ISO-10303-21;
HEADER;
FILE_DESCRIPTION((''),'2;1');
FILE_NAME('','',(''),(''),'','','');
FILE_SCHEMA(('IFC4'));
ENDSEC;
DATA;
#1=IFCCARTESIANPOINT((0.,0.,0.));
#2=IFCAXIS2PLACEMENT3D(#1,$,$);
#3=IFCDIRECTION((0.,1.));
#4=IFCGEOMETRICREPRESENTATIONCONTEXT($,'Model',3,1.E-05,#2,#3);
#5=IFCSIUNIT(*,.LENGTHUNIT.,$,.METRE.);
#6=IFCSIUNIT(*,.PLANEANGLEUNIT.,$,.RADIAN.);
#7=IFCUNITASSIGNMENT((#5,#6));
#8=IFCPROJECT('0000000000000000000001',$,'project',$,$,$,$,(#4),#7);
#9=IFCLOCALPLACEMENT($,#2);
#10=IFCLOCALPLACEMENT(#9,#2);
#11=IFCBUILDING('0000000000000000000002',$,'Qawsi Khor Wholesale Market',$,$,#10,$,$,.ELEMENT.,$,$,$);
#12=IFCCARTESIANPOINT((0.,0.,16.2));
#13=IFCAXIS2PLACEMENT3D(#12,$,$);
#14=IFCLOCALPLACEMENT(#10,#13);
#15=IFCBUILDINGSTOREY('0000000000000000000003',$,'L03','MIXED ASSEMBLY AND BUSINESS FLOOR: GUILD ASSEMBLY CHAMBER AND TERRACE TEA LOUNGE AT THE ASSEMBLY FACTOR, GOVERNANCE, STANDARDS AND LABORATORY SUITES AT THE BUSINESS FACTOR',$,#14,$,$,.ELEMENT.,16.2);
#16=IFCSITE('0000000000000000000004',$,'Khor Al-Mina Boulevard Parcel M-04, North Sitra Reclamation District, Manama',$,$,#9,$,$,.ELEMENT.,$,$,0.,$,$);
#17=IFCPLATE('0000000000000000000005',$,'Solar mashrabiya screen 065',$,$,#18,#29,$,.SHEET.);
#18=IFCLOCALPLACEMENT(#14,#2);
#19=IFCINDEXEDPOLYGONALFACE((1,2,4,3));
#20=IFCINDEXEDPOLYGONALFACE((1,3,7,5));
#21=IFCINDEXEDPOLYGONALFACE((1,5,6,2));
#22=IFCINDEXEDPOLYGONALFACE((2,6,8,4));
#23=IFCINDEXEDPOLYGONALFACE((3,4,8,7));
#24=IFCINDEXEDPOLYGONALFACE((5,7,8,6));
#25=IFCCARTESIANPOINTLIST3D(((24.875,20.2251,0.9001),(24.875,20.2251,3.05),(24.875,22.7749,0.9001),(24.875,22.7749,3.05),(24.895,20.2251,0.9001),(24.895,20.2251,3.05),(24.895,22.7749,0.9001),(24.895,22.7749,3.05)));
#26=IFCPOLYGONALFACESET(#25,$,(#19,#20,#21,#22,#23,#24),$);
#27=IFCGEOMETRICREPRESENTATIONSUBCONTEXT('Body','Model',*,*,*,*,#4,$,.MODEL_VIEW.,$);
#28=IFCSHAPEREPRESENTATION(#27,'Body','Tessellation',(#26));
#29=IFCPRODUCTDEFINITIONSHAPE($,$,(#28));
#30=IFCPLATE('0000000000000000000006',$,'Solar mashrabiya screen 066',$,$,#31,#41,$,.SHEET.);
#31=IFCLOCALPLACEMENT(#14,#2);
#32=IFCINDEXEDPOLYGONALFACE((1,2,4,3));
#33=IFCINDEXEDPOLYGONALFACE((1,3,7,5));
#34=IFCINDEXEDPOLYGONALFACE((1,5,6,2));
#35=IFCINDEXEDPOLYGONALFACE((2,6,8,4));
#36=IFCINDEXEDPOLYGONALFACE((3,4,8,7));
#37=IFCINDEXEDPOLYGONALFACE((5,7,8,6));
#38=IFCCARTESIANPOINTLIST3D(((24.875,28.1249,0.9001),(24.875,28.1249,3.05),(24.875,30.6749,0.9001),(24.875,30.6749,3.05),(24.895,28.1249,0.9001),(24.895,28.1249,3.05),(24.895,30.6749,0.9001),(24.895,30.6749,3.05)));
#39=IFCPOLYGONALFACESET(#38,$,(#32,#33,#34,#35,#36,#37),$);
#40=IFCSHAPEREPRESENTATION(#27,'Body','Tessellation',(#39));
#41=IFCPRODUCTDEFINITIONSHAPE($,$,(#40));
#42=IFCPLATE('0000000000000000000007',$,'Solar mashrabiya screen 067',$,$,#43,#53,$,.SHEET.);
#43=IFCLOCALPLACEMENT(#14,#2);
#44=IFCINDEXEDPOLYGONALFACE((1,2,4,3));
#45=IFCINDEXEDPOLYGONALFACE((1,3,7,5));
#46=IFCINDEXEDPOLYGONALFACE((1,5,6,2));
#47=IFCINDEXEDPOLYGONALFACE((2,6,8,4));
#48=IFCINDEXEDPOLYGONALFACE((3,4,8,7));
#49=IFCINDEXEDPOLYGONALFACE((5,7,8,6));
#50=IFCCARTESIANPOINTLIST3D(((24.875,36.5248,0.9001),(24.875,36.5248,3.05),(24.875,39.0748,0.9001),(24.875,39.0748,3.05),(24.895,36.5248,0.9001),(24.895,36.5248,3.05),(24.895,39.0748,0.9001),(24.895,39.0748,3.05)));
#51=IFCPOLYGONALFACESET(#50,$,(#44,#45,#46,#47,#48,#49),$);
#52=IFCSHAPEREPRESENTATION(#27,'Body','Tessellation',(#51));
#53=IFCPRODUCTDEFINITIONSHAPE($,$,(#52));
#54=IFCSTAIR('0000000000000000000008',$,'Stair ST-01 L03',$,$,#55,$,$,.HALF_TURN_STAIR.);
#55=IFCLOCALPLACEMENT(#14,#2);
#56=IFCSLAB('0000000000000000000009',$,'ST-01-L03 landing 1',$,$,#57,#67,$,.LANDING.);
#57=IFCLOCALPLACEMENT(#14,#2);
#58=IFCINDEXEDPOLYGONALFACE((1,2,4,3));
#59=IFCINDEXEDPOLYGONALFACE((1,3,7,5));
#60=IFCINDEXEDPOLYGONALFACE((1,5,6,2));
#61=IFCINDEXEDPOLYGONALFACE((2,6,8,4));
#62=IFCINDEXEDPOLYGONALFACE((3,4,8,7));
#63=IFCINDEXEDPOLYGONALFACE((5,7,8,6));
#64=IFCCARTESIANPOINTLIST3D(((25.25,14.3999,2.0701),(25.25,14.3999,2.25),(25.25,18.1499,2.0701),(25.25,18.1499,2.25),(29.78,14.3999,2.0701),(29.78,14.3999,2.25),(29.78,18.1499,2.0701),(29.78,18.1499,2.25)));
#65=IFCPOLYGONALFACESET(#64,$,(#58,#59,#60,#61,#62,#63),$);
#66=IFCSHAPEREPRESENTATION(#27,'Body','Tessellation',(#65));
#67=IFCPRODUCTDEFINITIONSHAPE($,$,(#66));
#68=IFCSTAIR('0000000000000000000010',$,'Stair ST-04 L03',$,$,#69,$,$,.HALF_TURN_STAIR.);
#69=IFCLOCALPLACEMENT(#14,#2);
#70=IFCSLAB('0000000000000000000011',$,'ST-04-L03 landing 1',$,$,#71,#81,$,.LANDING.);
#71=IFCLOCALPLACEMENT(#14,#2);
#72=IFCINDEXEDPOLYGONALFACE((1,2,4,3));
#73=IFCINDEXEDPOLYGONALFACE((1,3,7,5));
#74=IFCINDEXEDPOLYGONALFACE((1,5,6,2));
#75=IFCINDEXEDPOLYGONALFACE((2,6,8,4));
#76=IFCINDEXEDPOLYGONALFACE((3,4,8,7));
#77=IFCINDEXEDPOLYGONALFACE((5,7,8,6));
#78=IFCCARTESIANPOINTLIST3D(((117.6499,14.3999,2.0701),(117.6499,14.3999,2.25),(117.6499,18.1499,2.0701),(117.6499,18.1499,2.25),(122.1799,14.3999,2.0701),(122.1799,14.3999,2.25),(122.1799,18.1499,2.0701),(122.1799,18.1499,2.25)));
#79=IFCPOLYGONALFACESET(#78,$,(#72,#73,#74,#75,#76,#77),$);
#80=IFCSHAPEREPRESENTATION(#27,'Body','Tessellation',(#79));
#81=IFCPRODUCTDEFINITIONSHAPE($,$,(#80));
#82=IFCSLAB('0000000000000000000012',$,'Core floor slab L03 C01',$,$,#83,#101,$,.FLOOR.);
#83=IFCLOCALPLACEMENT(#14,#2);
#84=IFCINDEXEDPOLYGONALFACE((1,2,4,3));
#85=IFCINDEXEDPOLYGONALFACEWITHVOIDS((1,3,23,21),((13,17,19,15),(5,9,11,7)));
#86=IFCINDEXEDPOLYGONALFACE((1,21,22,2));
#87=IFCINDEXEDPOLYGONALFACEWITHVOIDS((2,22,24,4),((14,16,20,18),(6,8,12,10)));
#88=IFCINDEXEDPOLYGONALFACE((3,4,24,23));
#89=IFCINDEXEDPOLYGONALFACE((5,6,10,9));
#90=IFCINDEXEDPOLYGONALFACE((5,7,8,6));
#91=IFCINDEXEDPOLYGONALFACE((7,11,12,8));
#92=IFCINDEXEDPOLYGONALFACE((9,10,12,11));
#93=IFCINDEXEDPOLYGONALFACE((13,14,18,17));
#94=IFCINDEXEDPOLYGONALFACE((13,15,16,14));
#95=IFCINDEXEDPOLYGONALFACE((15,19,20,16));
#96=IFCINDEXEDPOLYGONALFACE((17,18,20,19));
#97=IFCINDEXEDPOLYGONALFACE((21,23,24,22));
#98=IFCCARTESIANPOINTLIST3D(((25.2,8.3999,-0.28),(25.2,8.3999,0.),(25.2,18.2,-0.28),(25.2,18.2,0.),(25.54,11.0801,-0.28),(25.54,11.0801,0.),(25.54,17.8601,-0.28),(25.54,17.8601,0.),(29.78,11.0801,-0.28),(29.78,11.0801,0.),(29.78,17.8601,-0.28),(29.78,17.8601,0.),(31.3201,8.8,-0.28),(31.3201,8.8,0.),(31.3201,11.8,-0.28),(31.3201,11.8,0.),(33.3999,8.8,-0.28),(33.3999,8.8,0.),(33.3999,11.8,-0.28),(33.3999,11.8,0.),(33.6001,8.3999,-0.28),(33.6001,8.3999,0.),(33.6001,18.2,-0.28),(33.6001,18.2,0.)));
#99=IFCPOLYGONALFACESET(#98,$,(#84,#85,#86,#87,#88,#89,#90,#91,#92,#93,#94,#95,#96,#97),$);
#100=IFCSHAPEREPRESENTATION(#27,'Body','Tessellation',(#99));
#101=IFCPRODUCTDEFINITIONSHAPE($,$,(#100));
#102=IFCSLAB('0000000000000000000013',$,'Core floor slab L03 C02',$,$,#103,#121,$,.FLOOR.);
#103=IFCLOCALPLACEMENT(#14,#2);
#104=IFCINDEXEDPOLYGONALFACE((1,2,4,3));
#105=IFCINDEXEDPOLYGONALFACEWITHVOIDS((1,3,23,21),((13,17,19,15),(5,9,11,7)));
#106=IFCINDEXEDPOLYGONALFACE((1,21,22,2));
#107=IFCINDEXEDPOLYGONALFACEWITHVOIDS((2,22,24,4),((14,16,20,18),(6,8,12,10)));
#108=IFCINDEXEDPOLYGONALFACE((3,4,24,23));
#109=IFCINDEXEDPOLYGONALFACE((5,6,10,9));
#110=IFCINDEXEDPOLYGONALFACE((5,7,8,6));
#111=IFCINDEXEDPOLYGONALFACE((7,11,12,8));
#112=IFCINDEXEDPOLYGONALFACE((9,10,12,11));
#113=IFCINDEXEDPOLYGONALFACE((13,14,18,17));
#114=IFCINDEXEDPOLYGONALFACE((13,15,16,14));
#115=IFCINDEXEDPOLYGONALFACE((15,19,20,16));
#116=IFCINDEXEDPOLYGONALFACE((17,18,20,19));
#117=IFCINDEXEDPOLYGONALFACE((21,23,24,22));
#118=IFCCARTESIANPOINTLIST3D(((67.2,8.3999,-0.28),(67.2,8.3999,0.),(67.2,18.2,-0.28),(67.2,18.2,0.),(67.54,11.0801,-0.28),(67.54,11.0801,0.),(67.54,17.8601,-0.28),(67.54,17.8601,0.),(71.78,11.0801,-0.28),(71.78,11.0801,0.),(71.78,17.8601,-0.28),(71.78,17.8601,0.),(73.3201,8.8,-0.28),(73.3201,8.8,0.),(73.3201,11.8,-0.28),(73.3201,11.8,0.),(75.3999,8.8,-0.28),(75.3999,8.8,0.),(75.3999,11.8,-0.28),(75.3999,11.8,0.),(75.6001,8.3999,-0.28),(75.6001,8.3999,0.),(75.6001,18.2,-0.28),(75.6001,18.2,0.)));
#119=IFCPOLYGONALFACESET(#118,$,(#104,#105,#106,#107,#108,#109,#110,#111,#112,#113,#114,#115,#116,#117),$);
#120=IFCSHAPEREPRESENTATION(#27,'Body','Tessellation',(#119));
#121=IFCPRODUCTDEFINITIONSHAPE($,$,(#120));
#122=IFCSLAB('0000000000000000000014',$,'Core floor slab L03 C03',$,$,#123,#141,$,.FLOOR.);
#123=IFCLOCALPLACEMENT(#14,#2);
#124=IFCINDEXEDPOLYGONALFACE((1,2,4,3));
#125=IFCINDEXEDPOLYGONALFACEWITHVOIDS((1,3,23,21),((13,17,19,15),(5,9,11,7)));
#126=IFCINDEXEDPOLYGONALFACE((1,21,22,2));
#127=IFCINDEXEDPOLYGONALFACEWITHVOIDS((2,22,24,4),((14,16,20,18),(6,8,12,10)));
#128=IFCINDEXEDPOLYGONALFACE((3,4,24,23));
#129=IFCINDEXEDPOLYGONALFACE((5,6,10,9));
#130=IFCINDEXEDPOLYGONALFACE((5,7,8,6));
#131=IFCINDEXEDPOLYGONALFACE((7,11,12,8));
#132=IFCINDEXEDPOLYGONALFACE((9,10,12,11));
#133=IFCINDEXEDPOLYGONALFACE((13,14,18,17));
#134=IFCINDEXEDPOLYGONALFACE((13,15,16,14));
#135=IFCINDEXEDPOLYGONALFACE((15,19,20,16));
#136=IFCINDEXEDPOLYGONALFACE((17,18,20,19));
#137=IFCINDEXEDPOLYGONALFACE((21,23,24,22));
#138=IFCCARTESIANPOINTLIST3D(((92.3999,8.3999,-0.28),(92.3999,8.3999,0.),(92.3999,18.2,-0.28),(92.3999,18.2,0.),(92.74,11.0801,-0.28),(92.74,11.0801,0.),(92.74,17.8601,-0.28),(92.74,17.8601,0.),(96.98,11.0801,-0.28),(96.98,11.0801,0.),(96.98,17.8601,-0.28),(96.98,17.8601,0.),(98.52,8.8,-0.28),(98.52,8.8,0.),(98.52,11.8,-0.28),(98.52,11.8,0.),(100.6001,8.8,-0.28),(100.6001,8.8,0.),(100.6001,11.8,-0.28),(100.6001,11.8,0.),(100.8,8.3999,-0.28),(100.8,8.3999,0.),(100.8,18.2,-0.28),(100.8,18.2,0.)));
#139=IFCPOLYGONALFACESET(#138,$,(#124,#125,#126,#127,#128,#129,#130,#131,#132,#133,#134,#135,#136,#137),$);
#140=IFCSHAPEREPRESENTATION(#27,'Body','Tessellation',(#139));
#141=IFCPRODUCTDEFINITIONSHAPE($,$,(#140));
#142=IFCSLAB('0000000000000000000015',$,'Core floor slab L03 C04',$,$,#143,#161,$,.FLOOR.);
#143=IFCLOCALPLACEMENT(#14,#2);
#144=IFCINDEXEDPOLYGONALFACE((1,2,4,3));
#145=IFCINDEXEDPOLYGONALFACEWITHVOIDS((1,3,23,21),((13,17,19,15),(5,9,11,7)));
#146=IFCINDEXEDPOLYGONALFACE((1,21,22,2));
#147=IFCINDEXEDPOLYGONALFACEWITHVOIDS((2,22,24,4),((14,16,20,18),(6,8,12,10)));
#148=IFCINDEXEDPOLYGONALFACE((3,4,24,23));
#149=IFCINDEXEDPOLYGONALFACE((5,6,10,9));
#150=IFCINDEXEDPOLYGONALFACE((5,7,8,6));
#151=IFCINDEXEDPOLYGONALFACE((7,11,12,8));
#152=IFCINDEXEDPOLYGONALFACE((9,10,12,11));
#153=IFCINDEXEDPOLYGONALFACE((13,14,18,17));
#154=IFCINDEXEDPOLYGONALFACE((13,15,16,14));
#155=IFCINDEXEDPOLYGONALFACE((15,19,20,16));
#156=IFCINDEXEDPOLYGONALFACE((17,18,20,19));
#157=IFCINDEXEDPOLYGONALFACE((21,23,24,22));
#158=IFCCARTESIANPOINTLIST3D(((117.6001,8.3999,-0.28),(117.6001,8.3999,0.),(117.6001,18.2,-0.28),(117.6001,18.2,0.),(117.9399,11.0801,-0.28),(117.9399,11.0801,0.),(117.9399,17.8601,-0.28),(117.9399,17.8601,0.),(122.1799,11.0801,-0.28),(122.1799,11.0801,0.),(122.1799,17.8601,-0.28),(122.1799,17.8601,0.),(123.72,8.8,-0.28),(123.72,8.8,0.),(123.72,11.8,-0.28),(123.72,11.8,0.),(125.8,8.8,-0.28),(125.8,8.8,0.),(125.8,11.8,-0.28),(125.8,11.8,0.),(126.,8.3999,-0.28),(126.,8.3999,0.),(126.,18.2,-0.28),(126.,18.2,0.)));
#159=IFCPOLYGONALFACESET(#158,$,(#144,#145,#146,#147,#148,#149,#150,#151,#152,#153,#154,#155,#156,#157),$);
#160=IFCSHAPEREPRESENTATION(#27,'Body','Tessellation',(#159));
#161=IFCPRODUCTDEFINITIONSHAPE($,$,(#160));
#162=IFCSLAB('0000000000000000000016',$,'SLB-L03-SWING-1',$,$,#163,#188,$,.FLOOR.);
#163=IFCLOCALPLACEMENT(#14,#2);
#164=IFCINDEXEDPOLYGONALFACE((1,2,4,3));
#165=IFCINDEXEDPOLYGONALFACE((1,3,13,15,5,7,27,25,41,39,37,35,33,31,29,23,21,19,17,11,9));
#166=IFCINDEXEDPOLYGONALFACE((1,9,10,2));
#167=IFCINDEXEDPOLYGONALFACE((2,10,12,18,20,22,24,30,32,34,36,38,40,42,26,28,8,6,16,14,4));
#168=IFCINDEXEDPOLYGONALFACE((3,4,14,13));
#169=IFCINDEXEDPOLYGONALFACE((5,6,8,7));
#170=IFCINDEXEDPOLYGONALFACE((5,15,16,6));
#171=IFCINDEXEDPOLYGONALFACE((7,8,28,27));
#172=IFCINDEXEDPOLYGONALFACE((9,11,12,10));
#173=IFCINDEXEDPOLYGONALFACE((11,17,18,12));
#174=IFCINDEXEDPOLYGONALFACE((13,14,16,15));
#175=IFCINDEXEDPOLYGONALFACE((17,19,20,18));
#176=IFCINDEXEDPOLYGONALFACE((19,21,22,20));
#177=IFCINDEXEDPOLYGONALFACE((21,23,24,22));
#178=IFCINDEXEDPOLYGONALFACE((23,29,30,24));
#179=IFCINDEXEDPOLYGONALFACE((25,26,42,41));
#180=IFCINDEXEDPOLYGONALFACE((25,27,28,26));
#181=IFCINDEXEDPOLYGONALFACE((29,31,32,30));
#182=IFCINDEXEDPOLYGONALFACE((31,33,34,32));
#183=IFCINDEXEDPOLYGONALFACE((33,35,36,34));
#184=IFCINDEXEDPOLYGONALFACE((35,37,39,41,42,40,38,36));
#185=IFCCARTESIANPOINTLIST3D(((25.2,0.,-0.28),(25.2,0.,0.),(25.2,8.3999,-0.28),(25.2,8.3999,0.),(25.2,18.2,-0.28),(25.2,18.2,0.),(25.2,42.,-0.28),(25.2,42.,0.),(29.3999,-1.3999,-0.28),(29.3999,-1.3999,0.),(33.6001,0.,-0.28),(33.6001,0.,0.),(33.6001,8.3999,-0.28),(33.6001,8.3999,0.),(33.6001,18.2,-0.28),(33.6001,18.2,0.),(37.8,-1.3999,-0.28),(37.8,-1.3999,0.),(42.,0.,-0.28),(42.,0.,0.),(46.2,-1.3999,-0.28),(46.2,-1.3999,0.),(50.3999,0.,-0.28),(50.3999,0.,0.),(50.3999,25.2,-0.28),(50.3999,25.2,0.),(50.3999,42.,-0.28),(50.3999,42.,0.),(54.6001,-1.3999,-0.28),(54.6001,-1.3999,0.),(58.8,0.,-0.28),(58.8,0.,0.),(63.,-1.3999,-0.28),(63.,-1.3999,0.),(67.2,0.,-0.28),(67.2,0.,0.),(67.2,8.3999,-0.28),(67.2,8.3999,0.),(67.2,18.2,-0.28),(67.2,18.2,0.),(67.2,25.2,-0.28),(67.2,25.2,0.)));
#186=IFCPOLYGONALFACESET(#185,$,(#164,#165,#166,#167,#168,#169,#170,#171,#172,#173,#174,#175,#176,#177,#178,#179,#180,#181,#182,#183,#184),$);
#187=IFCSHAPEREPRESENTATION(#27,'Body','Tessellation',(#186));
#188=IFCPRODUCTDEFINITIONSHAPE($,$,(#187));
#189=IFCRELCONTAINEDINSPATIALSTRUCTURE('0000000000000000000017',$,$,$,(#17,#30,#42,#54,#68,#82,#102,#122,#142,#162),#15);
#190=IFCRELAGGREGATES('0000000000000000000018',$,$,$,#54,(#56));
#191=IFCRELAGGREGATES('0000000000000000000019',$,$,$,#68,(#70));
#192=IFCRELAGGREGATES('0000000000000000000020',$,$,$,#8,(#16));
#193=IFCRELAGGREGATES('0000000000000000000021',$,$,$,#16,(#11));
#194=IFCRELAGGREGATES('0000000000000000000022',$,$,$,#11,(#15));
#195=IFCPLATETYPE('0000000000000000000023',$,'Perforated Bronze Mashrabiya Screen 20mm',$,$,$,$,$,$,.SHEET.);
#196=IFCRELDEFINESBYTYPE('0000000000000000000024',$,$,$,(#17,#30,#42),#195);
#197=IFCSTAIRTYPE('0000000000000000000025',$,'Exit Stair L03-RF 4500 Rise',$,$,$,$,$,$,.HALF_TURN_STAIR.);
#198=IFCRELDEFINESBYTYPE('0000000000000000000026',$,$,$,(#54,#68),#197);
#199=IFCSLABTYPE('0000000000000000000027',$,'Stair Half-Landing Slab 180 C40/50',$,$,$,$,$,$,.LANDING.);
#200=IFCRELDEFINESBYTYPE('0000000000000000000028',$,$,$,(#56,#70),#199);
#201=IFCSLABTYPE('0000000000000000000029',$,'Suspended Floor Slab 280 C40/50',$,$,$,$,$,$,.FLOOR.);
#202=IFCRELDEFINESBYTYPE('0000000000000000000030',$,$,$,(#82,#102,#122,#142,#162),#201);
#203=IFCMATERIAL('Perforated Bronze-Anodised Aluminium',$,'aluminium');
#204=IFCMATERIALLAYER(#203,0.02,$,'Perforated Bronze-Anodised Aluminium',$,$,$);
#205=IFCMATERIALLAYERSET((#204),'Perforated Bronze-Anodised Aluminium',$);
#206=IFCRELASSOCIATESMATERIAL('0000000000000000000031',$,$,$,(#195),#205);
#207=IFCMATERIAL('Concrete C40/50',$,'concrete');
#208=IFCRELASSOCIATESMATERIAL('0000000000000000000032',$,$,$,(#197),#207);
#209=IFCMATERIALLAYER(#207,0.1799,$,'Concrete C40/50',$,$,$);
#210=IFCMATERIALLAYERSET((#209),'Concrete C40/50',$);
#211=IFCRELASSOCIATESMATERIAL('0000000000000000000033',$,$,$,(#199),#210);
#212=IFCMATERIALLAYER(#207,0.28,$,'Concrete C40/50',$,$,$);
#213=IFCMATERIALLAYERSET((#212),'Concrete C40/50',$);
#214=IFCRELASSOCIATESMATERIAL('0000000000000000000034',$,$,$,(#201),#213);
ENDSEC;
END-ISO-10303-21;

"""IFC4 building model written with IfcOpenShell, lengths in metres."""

from ifc_helpers import new_model, si_unit, direction, frame, frame_2d, origin, place, context, subcontext, project, spatial, polyline, rectangle, outline, extrude, material, layer, layer_set, type_object, element, aggregate, save


model = new_model("IFC4")

# Units and contexts
model_context = context("Model", 3, precision=1e-05, world=origin(), true_north=direction((0.0, 1.0)))
body_context = subcontext(model_context, "Body", "Model", "MODEL_VIEW")
ifc_project = project(units=[si_unit("LENGTHUNIT", "METRE"), si_unit("PLANEANGLEUNIT", "RADIAN")], contexts=[model_context])

# Site, building, storey
site_placement = place(None, origin())
site = spatial("IfcSite", under=ifc_project, at=site_placement, Name="Khor Al-Mina Boulevard Parcel M-04, North Sitra Reclamation District, Manama", CompositionType="ELEMENT", RefElevation=0.0)
building_placement = place(site_placement, origin())
building = spatial("IfcBuilding", under=site, at=building_placement, Name="Qawsi Khor Wholesale Market", CompositionType="ELEMENT")
storey_placement = place(building_placement, frame((0.0, 0.0, 16.2)))
storey = spatial("IfcBuildingStorey", under=building, at=storey_placement, Name="L03", Description="MIXED ASSEMBLY AND BUSINESS FLOOR: GUILD ASSEMBLY CHAMBER AND TERRACE TEA LOUNGE AT THE ASSEMBLY FACTOR, GOVERNANCE, STANDARDS AND LABORATORY SUITES AT THE BUSINESS FACTOR", CompositionType="ELEMENT", Elevation=16.2)

# Shared definitions
ifc_material_1 = material(Name="Concrete C40/50", Category="concrete")

# Plates
ifc_material_2 = material(Name="Perforated Bronze-Anodised Aluminium", Category="aluminium")
ifc_layer_1 = layer(ifc_material_2, 0.02, Name="Perforated Bronze-Anodised Aluminium")
ifc_layer_set_1 = layer_set([ifc_layer_1], Name="Perforated Bronze-Anodised Aluminium")
plate_type = type_object("IfcPlateType", Name="Perforated Bronze Mashrabiya Screen 20mm", PredefinedType="SHEET", material=ifc_layer_set_1)
plate_1_placement = place(storey_placement, frame((24.885, 20.2251, 0.9001), z_axis=(0.0, 0.0, 1.0), x_axis=(0.0, 1.0, 0.0)))
element("IfcPlate", 1, at=plate_1_placement, inside=storey, type_object=plate_type, Name="Solar mashrabiya screen 065", PredefinedType="SHEET", context=body_context, shape_type="SweptSolid", body=[
    extrude(rectangle(XDim=2.5498, YDim=0.02, at=frame_2d((1.2749, 0.0))), origin(), (0.0, 0.0, 1.0), 2.1499),
])
for number, where, z_axis, x_axis, name in (
    (2, (24.885, 28.125, 0.9001), (0.0, 0.0, 1.0), (0.0, 1.0, 0.0), "Solar mashrabiya screen 066"),
    (3, (24.885, 36.5249, 0.9001), (0.0, 0.0, 1.0), (0.0, 1.0, 0.0), "Solar mashrabiya screen 067"),
):
    element("IfcPlate", number, at=place(storey_placement, frame(where, z_axis=z_axis, x_axis=x_axis)), inside=storey, type_object=plate_type, Name=name, PredefinedType="SHEET", context=body_context, shape_type="SweptSolid", body=[
        extrude(rectangle(XDim=2.55, YDim=0.02, at=frame_2d((1.2749, 0.0))), origin(), (0.0, 0.0, 1.0), 2.1499),
    ])

# Stairs, slabs
stair_type = type_object("IfcStairType", Name="Exit Stair L03-RF 4500 Rise", PredefinedType="HALF_TURN_STAIR", material=ifc_material_1)
stair_1_placement = place(storey_placement, origin())
stair_1 = element("IfcStair", 4, at=stair_1_placement, inside=storey, type_object=stair_type, Name="Stair ST-01 L03", PredefinedType="HALF_TURN_STAIR")
ifc_layer_2 = layer(ifc_material_1, 0.1799, Name="Concrete C40/50")
ifc_layer_set_2 = layer_set([ifc_layer_2], Name="Concrete C40/50")
slab_type_1 = type_object("IfcSlabType", Name="Stair Half-Landing Slab 180 C40/50", PredefinedType="LANDING", material=ifc_layer_set_2)
slab_1_placement = place(storey_placement, frame((0.0, 0.0, 2.0701)))
slab_1 = element("IfcSlab", 5, at=slab_1_placement, type_object=slab_type_1, Name="ST-01-L03 landing 1", PredefinedType="LANDING", context=body_context, shape_type="SweptSolid", body=[
    extrude(outline(polyline([(25.25, 14.3999), (29.78, 14.3999), (29.78, 18.1499), (25.25, 18.1499), (25.25, 14.3999)])), origin(), (0.0, 0.0, 1.0), 0.1799),
])
aggregate(stair_1, [slab_1])
stair_2_placement = place(storey_placement, origin())
stair_2 = element("IfcStair", 6, at=stair_2_placement, inside=storey, type_object=stair_type, Name="Stair ST-04 L03", PredefinedType="HALF_TURN_STAIR")
slab_2_placement = place(storey_placement, frame((0.0, 0.0, 2.0701)))
slab_2 = element("IfcSlab", 7, at=slab_2_placement, type_object=slab_type_1, Name="ST-04-L03 landing 1", PredefinedType="LANDING", context=body_context, shape_type="SweptSolid", body=[
    extrude(outline(polyline([(117.6499, 14.3999), (122.1799, 14.3999), (122.1799, 18.1499), (117.6499, 18.1499), (117.6499, 14.3999)])), origin(), (0.0, 0.0, 1.0), 0.1799),
])
aggregate(stair_2, [slab_2])

# Slabs
ifc_layer_3 = layer(ifc_material_1, 0.28, Name="Concrete C40/50")
ifc_layer_set_3 = layer_set([ifc_layer_3], Name="Concrete C40/50")
slab_type_2 = type_object("IfcSlabType", Name="Suspended Floor Slab 280 C40/50", PredefinedType="FLOOR", material=ifc_layer_set_3)
slab_3_placement = place(storey_placement, frame((0.0, 0.0, -0.28)))
element("IfcSlab", 8, at=slab_3_placement, inside=storey, type_object=slab_type_2, Name="Core floor slab L03 C01", PredefinedType="FLOOR", context=body_context, shape_type="SweptSolid", body=[
    extrude(outline(polyline([(25.2, 18.2), (33.6001, 18.2), (33.6001, 8.3999), (25.2, 8.3999), (25.2, 18.2)]), holes=[polyline([(31.3201, 8.8), (33.3999, 8.8), (33.3999, 11.8), (31.3201, 11.8), (31.3201, 8.8)]), polyline([(25.54, 11.0801), (29.78, 11.0801), (29.78, 17.8601), (25.54, 17.8601), (25.54, 11.0801)])]), origin(), (0.0, 0.0, 1.0), 0.28),
])
slab_4_placement = place(storey_placement, frame((0.0, 0.0, -0.28)))
element("IfcSlab", 9, at=slab_4_placement, inside=storey, type_object=slab_type_2, Name="Core floor slab L03 C02", PredefinedType="FLOOR", context=body_context, shape_type="SweptSolid", body=[
    extrude(outline(polyline([(67.2, 18.2), (75.6001, 18.2), (75.6001, 8.3999), (67.2, 8.3999), (67.2, 18.2)]), holes=[polyline([(73.3201, 8.8), (75.3999, 8.8), (75.3999, 11.8), (73.3201, 11.8), (73.3201, 8.8)]), polyline([(67.54, 11.0801), (71.78, 11.0801), (71.78, 17.8601), (67.54, 17.8601), (67.54, 11.0801)])]), origin(), (0.0, 0.0, 1.0), 0.28),
])
slab_5_placement = place(storey_placement, frame((0.0, 0.0, -0.28)))
element("IfcSlab", 10, at=slab_5_placement, inside=storey, type_object=slab_type_2, Name="Core floor slab L03 C03", PredefinedType="FLOOR", context=body_context, shape_type="SweptSolid", body=[
    extrude(outline(polyline([(92.3999, 18.2), (100.8, 18.2), (100.8, 8.3999), (92.3999, 8.3999), (92.3999, 18.2)]), holes=[polyline([(98.52, 8.8), (100.6001, 8.8), (100.6001, 11.8), (98.52, 11.8), (98.52, 8.8)]), polyline([(92.74, 11.0801), (96.98, 11.0801), (96.98, 17.8601), (92.74, 17.8601), (92.74, 11.0801)])]), origin(), (0.0, 0.0, 1.0), 0.28),
])
slab_6_placement = place(storey_placement, frame((0.0, 0.0, -0.28)))
element("IfcSlab", 11, at=slab_6_placement, inside=storey, type_object=slab_type_2, Name="Core floor slab L03 C04", PredefinedType="FLOOR", context=body_context, shape_type="SweptSolid", body=[
    extrude(outline(polyline([(117.6001, 18.2), (126.0, 18.2), (126.0, 8.3999), (117.6001, 8.3999), (117.6001, 18.2)]), holes=[polyline([(123.72, 8.8), (125.8, 8.8), (125.8, 11.8), (123.72, 11.8), (123.72, 8.8)]), polyline([(117.9399, 11.0801), (122.1799, 11.0801), (122.1799, 17.8601), (117.9399, 17.8601), (117.9399, 11.0801)])]), origin(), (0.0, 0.0, 1.0), 0.28),
])
slab_7_placement = place(storey_placement, frame((0.0, 0.0, -0.28)))
element("IfcSlab", 12, at=slab_7_placement, inside=storey, type_object=slab_type_2, Name="SLB-L03-SWING-1", PredefinedType="FLOOR", context=body_context, shape_type="SweptSolid", body=[
    extrude(outline(polyline([(25.2, 8.3999), (33.6001, 8.3999), (33.6001, 18.2), (25.2, 18.2), (25.2, 42.0), (50.3999, 42.0), (50.3999, 25.2), (67.2, 25.2), (67.2, 18.2), (67.2, 8.3999), (67.2, 0.0), (63.0, -1.3999), (58.8, 0.0), (54.6001, -1.3999), (50.3999, 0.0), (46.2, -1.3999), (42.0, 0.0), (37.8, -1.3999), (33.6001, 0.0), (29.3999, -1.3999), (25.2, 0.0), (25.2, 8.3999)])), origin(), (0.0, 0.0, 1.0), 0.28),
])

save(model, "model.ifc")
